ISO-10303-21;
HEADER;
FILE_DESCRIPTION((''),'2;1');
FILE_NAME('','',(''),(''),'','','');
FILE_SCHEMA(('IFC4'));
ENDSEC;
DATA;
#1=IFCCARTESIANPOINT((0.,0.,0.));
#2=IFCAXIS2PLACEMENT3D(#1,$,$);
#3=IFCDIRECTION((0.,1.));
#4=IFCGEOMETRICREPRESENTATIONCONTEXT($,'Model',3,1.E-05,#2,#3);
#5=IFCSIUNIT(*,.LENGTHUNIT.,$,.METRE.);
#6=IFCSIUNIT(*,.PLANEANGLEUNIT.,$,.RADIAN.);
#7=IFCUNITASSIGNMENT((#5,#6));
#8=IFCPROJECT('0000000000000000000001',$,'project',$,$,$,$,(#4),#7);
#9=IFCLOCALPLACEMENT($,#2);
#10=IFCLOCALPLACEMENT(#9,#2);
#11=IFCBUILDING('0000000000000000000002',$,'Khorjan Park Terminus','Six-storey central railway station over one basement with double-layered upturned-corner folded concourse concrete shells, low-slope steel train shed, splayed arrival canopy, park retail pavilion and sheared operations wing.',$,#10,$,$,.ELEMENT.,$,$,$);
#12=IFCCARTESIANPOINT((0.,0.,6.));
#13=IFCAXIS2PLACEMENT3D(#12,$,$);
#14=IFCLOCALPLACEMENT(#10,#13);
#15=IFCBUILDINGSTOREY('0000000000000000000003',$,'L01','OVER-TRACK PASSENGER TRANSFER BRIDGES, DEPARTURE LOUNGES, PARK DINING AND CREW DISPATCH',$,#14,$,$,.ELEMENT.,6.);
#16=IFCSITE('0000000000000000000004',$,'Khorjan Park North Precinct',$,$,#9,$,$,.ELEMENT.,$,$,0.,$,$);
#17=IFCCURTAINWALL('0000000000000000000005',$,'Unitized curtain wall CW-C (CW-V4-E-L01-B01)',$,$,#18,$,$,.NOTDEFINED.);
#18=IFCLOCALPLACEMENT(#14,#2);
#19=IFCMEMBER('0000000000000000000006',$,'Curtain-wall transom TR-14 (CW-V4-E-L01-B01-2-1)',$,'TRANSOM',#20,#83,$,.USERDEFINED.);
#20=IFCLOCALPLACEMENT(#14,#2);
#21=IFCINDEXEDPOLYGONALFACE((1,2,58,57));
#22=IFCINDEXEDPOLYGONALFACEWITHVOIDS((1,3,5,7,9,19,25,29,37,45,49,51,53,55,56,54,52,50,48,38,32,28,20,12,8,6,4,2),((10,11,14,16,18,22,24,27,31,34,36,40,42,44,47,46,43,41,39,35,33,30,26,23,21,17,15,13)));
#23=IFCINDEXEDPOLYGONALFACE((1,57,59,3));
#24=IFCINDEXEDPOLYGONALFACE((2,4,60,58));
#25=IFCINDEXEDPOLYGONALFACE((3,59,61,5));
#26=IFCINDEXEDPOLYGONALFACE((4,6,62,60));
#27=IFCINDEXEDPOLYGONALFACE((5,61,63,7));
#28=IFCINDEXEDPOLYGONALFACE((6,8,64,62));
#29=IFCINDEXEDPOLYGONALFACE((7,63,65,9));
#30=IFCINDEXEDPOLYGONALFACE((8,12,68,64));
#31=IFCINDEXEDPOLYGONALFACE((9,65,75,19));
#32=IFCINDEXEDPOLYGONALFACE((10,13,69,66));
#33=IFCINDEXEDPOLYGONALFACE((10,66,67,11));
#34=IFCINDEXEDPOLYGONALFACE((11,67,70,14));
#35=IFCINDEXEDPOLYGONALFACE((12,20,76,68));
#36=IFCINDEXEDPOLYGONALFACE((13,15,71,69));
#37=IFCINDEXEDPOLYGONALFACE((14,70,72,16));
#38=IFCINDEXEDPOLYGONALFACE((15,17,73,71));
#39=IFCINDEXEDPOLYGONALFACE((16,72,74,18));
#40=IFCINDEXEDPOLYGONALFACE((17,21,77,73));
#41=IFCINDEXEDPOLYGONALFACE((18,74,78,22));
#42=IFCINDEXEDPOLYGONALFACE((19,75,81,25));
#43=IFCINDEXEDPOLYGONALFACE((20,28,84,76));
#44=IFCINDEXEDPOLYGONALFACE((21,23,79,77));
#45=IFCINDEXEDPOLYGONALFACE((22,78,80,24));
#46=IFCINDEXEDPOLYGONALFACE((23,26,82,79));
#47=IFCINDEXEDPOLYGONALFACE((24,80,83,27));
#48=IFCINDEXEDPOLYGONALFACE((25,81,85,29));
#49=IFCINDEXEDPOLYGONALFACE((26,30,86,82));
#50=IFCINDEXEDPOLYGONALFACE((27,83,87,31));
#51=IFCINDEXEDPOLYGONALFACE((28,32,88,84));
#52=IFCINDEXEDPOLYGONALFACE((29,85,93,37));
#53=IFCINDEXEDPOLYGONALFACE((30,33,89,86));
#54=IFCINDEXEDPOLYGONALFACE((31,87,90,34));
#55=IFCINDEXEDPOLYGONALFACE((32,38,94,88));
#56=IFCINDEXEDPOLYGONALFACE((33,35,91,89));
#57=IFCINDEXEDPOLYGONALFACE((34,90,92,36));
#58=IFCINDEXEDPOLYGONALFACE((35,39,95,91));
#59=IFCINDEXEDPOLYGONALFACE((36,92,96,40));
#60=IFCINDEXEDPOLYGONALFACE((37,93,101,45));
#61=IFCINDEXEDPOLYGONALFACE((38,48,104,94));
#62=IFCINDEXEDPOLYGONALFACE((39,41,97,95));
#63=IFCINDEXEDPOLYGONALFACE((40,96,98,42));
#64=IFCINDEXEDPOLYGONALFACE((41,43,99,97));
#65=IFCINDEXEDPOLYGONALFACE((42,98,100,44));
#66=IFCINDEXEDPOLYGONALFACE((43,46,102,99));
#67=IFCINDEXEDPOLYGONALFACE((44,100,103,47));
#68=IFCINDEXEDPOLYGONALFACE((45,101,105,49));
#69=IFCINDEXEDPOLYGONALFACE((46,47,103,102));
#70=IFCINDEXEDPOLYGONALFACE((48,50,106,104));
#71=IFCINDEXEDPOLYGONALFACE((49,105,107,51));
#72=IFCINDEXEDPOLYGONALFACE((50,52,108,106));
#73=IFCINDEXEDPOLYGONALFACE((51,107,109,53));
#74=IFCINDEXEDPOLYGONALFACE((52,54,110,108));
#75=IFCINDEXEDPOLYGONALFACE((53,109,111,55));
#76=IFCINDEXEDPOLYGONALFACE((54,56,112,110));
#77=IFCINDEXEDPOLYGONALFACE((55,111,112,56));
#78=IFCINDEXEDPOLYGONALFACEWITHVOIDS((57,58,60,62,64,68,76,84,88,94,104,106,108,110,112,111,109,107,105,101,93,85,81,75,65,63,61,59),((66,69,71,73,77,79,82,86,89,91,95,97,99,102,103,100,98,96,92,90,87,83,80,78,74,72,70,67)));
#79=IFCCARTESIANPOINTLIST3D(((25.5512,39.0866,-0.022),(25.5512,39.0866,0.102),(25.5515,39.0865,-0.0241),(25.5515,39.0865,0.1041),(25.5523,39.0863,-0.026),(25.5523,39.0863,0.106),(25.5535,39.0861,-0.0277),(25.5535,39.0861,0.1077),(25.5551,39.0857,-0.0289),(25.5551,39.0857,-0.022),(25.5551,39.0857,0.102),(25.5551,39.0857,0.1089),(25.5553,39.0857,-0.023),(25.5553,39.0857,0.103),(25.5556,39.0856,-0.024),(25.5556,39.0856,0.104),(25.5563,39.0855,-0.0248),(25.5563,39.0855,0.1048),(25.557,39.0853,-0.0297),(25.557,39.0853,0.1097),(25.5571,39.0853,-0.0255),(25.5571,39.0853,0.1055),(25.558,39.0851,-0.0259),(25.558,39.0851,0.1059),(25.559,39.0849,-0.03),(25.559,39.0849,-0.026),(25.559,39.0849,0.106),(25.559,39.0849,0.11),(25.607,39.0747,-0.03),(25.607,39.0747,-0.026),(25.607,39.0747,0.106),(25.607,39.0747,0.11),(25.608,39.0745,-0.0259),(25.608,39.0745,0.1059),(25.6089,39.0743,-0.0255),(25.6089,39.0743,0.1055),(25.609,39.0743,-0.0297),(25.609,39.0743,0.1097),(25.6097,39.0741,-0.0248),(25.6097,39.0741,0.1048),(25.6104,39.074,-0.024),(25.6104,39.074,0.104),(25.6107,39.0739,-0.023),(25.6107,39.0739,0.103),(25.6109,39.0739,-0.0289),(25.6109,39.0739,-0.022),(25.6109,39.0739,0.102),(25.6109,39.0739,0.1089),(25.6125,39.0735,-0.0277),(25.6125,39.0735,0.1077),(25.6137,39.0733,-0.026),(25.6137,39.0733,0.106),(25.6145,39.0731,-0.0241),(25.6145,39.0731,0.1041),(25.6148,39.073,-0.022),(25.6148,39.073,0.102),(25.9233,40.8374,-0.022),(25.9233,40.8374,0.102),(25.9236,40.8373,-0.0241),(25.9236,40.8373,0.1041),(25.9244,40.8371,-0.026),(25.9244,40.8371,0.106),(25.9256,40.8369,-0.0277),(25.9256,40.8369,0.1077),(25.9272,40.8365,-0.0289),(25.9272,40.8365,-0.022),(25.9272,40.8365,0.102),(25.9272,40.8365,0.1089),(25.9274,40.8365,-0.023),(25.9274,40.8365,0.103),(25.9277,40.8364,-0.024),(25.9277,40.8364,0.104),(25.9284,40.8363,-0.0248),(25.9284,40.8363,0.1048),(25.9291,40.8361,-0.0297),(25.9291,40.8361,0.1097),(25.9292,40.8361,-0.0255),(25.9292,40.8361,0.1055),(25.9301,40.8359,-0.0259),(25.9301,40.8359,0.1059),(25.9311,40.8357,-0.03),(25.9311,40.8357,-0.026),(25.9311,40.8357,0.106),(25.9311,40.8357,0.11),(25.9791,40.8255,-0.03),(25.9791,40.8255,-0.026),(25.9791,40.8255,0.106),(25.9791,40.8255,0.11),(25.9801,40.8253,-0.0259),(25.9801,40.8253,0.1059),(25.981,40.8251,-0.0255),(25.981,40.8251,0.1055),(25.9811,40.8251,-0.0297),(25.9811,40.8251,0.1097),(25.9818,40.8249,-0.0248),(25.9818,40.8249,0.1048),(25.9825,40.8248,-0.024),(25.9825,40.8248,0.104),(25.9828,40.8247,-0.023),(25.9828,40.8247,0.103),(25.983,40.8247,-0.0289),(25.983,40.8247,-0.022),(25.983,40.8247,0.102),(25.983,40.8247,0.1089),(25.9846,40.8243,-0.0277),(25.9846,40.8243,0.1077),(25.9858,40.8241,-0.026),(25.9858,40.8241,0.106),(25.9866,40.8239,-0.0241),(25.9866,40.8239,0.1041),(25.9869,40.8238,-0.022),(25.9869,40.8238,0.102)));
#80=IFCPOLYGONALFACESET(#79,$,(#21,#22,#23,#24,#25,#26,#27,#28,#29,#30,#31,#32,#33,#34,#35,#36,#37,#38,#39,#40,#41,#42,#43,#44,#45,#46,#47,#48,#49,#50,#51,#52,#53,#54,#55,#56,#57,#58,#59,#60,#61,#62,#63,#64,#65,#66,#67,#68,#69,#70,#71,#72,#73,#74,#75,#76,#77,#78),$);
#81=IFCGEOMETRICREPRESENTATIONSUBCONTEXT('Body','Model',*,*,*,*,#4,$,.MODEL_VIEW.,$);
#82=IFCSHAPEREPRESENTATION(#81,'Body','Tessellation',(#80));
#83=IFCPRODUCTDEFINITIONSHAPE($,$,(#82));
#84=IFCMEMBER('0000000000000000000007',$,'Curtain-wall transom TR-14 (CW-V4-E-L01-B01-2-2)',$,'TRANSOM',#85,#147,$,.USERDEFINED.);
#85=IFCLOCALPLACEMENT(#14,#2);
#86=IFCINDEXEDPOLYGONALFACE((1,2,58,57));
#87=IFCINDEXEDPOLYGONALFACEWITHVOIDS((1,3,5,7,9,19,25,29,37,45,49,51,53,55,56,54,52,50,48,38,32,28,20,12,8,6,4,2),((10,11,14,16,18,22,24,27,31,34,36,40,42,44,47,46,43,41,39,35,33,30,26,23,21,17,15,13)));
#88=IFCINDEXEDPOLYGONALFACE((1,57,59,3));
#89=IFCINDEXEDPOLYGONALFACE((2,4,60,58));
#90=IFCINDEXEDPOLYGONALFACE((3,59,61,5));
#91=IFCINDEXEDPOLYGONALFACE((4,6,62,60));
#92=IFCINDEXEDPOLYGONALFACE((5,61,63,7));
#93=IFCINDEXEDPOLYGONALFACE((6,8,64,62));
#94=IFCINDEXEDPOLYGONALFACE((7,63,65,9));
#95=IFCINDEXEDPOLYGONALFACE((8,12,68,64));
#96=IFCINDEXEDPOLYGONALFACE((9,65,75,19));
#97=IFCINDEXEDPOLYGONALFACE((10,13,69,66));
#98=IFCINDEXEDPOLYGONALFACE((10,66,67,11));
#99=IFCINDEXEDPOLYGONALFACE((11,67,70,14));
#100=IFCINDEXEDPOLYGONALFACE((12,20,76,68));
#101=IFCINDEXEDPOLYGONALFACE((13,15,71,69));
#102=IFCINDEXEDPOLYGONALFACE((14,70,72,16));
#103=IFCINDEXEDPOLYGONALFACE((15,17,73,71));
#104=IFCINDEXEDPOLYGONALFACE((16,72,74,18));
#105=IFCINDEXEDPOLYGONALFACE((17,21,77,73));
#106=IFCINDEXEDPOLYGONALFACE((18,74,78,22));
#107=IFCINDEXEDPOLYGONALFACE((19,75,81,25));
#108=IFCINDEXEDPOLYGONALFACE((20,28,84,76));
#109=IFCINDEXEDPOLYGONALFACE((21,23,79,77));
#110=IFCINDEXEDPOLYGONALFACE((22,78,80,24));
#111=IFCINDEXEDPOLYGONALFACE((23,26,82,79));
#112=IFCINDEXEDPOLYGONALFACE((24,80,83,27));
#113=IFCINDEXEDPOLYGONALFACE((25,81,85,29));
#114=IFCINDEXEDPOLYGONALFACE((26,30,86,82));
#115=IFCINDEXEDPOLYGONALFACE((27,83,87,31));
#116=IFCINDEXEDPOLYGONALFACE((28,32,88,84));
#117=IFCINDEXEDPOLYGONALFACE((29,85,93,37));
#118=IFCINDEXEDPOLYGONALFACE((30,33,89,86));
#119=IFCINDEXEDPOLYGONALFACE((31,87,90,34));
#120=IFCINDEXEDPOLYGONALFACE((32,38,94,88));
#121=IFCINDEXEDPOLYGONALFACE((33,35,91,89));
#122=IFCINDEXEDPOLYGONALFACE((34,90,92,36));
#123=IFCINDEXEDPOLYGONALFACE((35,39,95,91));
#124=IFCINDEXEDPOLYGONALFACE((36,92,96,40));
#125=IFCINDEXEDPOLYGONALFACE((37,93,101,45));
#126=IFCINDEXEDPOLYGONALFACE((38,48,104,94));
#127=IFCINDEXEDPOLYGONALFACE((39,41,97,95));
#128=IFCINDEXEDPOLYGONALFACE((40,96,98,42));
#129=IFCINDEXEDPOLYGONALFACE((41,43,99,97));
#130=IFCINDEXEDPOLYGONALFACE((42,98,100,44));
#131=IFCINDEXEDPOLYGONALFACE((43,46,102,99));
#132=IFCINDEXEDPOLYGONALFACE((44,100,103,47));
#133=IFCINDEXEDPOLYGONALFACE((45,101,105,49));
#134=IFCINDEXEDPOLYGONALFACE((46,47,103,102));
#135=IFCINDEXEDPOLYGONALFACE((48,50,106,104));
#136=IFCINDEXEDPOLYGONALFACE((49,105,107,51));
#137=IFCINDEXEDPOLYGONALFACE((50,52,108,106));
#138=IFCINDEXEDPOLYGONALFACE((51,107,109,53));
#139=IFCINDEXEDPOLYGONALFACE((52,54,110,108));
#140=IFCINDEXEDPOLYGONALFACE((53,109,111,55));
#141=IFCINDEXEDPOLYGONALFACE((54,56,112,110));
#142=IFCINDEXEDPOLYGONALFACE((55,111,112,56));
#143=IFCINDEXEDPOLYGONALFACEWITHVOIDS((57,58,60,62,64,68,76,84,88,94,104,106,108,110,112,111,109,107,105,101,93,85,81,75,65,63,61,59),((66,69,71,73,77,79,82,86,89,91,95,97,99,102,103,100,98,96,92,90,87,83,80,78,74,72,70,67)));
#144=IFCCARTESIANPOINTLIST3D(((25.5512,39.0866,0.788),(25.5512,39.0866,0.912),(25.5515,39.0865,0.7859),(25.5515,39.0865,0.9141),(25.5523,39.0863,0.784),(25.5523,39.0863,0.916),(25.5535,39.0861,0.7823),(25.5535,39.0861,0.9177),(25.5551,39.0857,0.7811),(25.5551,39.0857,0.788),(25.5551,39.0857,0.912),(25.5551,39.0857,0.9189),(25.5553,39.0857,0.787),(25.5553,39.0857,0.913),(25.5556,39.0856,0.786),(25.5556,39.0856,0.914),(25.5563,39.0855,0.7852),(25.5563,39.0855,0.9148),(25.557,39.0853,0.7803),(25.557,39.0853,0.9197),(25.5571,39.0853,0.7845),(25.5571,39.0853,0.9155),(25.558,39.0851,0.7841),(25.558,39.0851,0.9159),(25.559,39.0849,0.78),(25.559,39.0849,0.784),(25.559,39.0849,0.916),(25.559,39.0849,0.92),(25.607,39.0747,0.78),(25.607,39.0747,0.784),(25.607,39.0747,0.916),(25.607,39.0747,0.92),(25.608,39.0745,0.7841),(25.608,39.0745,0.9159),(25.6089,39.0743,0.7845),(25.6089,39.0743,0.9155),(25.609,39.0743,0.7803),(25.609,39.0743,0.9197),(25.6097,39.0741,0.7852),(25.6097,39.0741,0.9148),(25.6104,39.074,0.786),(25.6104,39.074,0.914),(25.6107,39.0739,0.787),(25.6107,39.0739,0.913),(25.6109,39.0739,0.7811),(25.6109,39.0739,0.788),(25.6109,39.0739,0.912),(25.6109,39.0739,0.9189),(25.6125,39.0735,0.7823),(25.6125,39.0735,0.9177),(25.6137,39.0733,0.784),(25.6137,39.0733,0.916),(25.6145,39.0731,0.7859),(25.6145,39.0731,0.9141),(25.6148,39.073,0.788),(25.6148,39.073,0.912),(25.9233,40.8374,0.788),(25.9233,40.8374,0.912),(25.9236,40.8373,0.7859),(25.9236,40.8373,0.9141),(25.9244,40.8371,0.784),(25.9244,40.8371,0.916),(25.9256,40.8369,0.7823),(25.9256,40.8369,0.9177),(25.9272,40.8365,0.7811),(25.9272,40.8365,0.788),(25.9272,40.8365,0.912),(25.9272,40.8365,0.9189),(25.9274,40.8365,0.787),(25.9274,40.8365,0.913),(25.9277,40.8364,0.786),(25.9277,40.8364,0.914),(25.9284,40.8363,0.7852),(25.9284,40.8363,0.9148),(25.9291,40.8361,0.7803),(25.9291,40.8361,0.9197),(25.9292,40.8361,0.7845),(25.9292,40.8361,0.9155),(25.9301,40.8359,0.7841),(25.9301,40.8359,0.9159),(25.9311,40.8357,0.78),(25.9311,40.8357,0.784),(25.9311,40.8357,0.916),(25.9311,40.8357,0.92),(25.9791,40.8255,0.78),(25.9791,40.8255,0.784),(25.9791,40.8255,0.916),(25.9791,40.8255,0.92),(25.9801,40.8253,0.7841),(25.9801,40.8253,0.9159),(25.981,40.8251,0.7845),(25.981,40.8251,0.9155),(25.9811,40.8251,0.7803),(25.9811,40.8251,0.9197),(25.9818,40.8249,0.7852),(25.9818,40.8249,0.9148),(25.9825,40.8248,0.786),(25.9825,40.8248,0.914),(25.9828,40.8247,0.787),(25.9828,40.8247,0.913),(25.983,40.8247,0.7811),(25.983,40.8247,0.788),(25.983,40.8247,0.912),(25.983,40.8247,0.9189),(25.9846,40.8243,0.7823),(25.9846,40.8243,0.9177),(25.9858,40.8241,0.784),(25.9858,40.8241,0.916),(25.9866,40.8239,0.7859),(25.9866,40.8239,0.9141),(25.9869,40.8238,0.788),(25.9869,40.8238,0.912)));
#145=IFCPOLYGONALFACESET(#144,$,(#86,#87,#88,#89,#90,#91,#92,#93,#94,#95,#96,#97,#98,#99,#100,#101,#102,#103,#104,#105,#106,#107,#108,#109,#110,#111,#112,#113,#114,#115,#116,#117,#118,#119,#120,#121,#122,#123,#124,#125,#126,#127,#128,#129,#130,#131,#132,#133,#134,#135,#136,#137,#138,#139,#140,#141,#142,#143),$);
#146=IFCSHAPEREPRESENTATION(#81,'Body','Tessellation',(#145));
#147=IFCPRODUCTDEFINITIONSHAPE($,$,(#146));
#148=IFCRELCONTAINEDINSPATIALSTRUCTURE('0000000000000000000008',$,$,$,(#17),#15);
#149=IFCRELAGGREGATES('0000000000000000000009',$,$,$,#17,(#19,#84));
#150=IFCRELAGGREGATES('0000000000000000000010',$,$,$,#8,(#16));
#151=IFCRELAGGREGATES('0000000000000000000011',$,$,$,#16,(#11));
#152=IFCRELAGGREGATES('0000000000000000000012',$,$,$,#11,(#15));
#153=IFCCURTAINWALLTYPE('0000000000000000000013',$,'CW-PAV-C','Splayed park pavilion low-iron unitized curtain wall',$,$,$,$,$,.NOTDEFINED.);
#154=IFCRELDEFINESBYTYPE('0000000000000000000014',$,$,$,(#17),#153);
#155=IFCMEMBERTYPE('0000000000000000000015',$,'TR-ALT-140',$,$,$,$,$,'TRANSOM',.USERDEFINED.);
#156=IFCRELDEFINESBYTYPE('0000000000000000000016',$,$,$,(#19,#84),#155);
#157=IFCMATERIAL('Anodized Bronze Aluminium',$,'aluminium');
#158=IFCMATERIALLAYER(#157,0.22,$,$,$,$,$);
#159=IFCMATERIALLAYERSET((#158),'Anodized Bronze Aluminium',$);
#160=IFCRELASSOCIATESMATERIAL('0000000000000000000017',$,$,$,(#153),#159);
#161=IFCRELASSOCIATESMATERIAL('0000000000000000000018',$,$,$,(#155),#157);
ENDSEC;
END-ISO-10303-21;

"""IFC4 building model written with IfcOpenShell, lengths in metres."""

from ifc_helpers import new_model, si_unit, direction, frame, origin, origin_2d, place, context, subcontext, project, spatial, hollow_rectangle, extrude, material, layer, layer_set, material_profile, profile_set, type_object, element, aggregate, save


model = new_model("IFC4")

# Units and contexts
model_context = context("Model", 3, precision=1e-05, world=origin(), true_north=direction((0.0, 1.0)))
body_context = subcontext(model_context, "Body", "Model", "MODEL_VIEW")
ifc_project = project(units=[si_unit("LENGTHUNIT", "METRE"), si_unit("PLANEANGLEUNIT", "RADIAN")], contexts=[model_context])

# Site, building, storey
site_placement = place(None, origin())
site = spatial("IfcSite", under=ifc_project, at=site_placement, Name="Khorjan Park North Precinct", CompositionType="ELEMENT", RefElevation=0.0)
building_placement = place(site_placement, origin())
building = spatial("IfcBuilding", under=site, at=building_placement, Name="Khorjan Park Terminus", Description="Six-storey central railway station over one basement with double-layered upturned-corner folded concourse concrete shells, low-slope steel train shed, splayed arrival canopy, park retail pavilion and sheared operations wing.", CompositionType="ELEMENT")
storey_placement = place(building_placement, frame((0.0, 0.0, 6.0)))
storey = spatial("IfcBuildingStorey", under=building, at=storey_placement, Name="L01", Description="OVER-TRACK PASSENGER TRANSFER BRIDGES, DEPARTURE LOUNGES, PARK DINING AND CREW DISPATCH", CompositionType="ELEMENT", Elevation=6.0)

# Curtain wall
ifc_material_1 = material(Name="Anodized Bronze Aluminium", Category="aluminium")
ifc_layer_1 = layer(ifc_material_1, 0.22)
ifc_layer_set_1 = layer_set([ifc_layer_1], Name="Anodized Bronze Aluminium")
curtain_wall_type = type_object("IfcCurtainWallType", Name="CW-PAV-C", Description="Splayed park pavilion low-iron unitized curtain wall", PredefinedType="NOTDEFINED", material=ifc_layer_set_1)
curtain_wall_1_placement = place(storey_placement, origin())
curtain_wall_1 = element("IfcCurtainWall", 1, at=curtain_wall_1_placement, inside=storey, type_object=curtain_wall_type, Name="Unitized curtain wall CW-C (CW-V4-E-L01-B01)", PredefinedType="NOTDEFINED")

# Members
ifc_material_profile_1 = material_profile(ifc_material_1, hollow_rectangle(XDim=0.065, YDim=0.14, WallThickness=0.004, InnerFilletRadius=0.004, OuterFilletRadius=0.008, at=origin_2d()), Name="ALT 65x140x4")
ifc_profile_set_1 = profile_set([ifc_material_profile_1], Name="Anodized Bronze Aluminium")
member_type_1 = type_object("IfcMemberType", Name="TR-ALT-140", ElementType="TRANSOM", PredefinedType="USERDEFINED", material=ifc_profile_set_1)
member_1_placement = place(storey_placement, frame((25.583, 39.0798, 0.04), z_axis=(0.207888, 0.978153, 0.0), x_axis=(-0.978153, 0.207888, 0.0)))
member_1 = element("IfcMember", 2, at=member_1_placement, type_object=member_type_1, Name="Curtain-wall transom TR-14 (CW-V4-E-L01-B01-2-1)", ObjectType="TRANSOM", PredefinedType="USERDEFINED", context=body_context, shape_type="SweptSolid", body=[
    extrude(hollow_rectangle(XDim=0.065, YDim=0.14, WallThickness=0.004, InnerFilletRadius=0.004, OuterFilletRadius=0.008, at=origin_2d()), origin(), (0.0, 0.0, 1.0), 1.7899),
])
member_2_placement = place(storey_placement, frame((25.583, 39.0798, 0.85), z_axis=(0.207888, 0.978153, 0.0), x_axis=(-0.978153, 0.207888, 0.0)))
member_2 = element("IfcMember", 3, at=member_2_placement, type_object=member_type_1, Name="Curtain-wall transom TR-14 (CW-V4-E-L01-B01-2-2)", ObjectType="TRANSOM", PredefinedType="USERDEFINED", context=body_context, shape_type="SweptSolid", body=[
    extrude(hollow_rectangle(XDim=0.065, YDim=0.14, WallThickness=0.004, InnerFilletRadius=0.004, OuterFilletRadius=0.008, at=origin_2d()), origin(), (0.0, 0.0, 1.0), 1.7899),
])

aggregate(curtain_wall_1, [member_1, member_2])

save(model, "model.ifc")
